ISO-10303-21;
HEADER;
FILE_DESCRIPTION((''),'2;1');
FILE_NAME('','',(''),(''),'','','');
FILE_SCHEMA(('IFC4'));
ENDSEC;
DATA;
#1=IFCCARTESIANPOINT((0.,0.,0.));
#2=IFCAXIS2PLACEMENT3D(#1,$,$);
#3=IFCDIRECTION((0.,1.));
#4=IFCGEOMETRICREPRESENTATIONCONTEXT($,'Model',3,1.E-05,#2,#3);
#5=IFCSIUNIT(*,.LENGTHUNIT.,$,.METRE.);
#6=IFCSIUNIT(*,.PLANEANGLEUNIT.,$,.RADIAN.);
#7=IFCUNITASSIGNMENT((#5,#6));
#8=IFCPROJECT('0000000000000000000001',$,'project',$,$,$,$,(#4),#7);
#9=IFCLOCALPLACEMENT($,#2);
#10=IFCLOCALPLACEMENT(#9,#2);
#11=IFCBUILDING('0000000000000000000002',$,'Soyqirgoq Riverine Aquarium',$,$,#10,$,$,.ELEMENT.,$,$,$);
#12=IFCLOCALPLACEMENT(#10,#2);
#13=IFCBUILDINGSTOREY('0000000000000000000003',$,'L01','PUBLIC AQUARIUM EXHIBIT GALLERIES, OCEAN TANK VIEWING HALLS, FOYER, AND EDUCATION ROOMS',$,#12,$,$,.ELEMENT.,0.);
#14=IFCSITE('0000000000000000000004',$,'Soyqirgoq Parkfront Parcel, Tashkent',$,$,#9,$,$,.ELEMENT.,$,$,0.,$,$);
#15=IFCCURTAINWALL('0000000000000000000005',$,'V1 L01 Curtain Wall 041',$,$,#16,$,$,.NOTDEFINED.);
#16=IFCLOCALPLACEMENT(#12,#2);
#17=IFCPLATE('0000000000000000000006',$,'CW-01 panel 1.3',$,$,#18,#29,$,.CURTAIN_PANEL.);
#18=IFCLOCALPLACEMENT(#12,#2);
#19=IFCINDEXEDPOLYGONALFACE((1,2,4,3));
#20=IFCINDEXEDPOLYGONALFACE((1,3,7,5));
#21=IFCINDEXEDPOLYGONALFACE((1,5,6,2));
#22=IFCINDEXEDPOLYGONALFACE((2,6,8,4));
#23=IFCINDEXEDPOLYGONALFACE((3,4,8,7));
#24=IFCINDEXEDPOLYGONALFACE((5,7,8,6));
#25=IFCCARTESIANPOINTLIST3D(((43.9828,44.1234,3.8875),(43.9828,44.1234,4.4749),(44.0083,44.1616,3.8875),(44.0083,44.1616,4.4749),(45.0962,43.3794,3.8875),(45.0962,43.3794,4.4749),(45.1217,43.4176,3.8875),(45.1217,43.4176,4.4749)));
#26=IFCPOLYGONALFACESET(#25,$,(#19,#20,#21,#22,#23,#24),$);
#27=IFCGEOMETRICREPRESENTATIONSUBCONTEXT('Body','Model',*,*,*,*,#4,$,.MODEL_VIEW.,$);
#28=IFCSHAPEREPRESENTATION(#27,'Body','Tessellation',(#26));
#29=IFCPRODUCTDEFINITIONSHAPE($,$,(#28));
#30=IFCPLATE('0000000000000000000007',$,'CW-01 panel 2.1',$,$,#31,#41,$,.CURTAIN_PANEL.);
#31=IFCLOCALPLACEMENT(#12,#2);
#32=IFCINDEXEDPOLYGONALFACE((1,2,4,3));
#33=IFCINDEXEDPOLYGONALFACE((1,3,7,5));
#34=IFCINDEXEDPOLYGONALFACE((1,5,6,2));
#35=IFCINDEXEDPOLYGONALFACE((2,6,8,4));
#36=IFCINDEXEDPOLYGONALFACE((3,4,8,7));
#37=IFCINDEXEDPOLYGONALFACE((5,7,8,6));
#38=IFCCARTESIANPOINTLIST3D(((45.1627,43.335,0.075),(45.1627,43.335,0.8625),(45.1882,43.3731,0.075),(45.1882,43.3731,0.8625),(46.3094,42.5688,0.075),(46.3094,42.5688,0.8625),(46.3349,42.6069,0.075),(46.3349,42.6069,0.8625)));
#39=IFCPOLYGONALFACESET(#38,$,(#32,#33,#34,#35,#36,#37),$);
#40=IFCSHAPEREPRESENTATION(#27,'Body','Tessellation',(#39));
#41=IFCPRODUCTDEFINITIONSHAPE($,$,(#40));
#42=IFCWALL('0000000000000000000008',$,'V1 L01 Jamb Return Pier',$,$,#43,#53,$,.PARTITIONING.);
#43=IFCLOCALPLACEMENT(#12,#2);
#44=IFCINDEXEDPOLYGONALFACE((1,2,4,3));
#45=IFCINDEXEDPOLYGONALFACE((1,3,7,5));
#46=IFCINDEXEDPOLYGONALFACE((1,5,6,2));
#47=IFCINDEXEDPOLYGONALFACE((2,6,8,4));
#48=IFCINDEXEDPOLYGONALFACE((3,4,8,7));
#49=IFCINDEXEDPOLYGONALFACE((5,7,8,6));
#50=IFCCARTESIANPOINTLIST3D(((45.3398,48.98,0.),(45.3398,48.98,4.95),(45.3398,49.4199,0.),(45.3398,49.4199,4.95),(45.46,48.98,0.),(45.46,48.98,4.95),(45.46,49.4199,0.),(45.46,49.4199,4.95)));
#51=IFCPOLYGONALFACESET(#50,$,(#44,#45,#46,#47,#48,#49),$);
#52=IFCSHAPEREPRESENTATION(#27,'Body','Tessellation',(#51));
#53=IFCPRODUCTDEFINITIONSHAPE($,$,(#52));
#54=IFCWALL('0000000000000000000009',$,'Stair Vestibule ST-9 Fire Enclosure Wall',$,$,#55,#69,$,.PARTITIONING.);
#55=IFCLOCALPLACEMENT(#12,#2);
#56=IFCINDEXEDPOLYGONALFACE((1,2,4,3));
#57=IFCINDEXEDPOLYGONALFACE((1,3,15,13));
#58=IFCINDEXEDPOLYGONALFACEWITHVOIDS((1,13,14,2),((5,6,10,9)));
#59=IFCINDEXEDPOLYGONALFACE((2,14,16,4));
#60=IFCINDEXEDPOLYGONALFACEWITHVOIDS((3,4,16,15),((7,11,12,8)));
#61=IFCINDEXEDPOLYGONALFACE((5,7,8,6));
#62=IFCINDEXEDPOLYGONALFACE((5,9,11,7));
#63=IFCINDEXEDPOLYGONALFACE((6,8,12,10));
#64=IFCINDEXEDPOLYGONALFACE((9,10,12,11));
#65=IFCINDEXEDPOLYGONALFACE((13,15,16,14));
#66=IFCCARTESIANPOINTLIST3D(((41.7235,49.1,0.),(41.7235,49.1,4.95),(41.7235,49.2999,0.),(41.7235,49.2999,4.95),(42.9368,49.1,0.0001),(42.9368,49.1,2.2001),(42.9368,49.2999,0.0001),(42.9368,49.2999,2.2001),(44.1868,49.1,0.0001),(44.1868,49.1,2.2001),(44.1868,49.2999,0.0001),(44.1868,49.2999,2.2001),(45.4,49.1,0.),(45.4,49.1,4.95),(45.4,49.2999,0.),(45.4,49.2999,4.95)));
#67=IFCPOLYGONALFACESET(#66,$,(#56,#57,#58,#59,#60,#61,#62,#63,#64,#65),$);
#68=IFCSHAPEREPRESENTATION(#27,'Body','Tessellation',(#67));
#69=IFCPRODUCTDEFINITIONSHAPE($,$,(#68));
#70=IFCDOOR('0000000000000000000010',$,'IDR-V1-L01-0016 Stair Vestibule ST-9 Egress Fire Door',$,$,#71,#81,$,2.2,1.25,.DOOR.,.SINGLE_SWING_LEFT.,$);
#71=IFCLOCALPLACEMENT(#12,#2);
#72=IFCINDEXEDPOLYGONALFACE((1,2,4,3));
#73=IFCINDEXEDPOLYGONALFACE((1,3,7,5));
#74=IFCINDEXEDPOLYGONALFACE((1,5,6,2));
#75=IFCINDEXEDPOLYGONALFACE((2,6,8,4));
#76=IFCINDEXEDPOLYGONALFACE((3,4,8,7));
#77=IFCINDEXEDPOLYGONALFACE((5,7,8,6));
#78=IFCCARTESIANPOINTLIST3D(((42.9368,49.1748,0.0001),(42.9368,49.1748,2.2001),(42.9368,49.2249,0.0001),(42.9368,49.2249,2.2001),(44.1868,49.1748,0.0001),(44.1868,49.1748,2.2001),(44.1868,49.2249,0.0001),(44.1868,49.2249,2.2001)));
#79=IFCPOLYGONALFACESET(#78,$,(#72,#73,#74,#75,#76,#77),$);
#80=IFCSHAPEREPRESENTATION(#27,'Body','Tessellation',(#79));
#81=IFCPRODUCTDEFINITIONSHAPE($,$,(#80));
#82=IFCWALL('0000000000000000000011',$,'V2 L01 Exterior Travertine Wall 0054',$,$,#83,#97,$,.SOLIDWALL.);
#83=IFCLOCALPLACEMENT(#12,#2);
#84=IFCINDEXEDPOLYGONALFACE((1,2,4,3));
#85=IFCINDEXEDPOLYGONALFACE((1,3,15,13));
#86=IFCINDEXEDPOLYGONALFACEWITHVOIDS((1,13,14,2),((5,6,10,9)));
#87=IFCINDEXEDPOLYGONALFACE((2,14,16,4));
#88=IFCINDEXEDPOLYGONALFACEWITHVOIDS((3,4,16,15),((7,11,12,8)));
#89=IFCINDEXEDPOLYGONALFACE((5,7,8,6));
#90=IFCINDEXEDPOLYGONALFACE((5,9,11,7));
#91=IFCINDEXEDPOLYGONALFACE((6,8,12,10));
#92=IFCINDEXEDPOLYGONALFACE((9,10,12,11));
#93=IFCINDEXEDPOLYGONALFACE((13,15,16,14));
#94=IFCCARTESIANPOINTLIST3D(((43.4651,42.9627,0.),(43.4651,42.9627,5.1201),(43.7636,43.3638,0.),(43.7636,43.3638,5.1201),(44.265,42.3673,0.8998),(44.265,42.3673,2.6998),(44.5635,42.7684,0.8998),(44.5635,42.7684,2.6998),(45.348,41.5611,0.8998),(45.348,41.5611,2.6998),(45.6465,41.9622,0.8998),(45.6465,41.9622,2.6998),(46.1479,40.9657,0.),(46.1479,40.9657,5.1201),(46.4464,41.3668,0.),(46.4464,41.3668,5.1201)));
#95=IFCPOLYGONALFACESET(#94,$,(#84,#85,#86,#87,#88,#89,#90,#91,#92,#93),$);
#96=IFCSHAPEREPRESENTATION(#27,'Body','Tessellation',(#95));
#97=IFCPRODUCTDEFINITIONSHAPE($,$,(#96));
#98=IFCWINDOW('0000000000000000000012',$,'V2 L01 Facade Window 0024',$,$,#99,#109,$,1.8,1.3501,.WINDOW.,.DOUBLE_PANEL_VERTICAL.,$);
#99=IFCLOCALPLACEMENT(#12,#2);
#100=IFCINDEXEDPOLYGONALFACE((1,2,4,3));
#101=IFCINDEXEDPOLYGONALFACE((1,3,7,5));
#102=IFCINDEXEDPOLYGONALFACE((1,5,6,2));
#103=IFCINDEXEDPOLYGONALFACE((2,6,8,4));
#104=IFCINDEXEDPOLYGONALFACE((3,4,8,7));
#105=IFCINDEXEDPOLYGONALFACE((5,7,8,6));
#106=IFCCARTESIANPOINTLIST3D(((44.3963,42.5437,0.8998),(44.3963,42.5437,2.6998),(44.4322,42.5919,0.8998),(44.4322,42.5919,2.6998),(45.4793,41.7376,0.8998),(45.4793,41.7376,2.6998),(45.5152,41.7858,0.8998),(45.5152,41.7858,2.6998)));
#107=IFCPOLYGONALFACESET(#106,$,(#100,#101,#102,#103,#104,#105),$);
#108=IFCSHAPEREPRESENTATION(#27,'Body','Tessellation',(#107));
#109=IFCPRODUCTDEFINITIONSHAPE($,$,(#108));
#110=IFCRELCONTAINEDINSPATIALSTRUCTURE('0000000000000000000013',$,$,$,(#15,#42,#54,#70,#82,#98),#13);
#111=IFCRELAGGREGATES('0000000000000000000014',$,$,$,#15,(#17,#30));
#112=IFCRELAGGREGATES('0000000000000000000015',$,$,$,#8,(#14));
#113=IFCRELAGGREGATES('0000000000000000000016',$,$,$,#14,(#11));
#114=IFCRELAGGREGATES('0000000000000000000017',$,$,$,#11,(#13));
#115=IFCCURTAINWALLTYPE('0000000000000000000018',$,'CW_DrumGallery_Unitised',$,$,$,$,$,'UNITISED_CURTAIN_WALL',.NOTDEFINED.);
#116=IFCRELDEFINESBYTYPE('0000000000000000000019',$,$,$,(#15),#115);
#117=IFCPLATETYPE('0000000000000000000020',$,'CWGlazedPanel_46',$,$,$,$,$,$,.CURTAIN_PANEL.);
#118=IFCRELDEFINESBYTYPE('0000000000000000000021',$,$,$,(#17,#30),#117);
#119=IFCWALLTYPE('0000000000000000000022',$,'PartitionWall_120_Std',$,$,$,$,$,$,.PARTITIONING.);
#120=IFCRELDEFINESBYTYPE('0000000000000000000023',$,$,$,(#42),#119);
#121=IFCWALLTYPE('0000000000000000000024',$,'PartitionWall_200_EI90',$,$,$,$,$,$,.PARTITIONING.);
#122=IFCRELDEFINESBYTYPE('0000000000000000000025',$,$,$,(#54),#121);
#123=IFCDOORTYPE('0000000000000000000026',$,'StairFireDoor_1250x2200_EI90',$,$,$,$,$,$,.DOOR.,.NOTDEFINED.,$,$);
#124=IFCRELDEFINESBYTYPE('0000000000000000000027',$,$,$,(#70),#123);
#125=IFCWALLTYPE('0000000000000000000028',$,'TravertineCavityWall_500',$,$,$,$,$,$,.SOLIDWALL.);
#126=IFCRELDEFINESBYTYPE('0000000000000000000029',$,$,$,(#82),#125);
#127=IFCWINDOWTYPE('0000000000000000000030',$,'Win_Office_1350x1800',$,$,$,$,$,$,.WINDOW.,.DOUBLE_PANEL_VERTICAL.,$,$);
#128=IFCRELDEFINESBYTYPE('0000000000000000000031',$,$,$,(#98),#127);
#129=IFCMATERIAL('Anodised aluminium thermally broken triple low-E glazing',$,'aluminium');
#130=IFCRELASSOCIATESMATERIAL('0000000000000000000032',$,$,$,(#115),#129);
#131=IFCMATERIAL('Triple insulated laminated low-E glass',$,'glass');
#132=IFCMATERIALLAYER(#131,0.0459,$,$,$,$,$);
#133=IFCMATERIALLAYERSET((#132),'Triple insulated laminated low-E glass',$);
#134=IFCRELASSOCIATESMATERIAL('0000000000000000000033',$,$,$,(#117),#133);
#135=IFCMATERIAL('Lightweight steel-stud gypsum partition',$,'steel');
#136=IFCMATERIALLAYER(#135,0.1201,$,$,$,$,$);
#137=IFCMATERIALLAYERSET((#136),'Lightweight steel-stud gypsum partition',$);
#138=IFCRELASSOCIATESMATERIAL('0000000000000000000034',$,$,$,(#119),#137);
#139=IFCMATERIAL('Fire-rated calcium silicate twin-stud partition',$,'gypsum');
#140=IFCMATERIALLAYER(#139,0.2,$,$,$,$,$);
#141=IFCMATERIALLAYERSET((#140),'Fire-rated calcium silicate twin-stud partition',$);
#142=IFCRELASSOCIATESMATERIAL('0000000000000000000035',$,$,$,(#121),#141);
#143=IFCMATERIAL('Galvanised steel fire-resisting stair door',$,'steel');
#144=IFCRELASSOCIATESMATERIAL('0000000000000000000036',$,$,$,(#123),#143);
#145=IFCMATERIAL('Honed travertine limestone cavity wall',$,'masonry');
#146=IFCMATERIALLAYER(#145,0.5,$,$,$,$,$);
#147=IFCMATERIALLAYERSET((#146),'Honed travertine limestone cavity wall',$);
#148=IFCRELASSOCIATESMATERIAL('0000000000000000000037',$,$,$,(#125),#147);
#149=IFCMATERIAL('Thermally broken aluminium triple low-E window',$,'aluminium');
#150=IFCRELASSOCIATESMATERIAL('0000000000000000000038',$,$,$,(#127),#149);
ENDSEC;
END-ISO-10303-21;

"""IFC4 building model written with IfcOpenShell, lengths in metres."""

from ifc_helpers import new_model, si_unit, direction, frame, frame_2d, origin, origin_2d, place, context, subcontext, project, spatial, rectangle, extrude, material, layer, layer_set, type_object, element, fill, aggregate, save


model = new_model("IFC4")

# Units and contexts
model_context = context("Model", 3, precision=1e-05, world=origin(), true_north=direction((0.0, 1.0)))
body_context = subcontext(model_context, "Body", "Model", "MODEL_VIEW")
ifc_project = project(units=[si_unit("LENGTHUNIT", "METRE"), si_unit("PLANEANGLEUNIT", "RADIAN")], contexts=[model_context])

# Site, building, storey
site_placement = place(None, origin())
site = spatial("IfcSite", under=ifc_project, at=site_placement, Name="Soyqirgoq Parkfront Parcel, Tashkent", CompositionType="ELEMENT", RefElevation=0.0)
building_placement = place(site_placement, origin())
building = spatial("IfcBuilding", under=site, at=building_placement, Name="Soyqirgoq Riverine Aquarium", CompositionType="ELEMENT")
storey_placement = place(building_placement, origin())
storey = spatial("IfcBuildingStorey", under=building, at=storey_placement, Name="L01", Description="PUBLIC AQUARIUM EXHIBIT GALLERIES, OCEAN TANK VIEWING HALLS, FOYER, AND EDUCATION ROOMS", CompositionType="ELEMENT", Elevation=0.0)

# Curtain wall
ifc_material_1 = material(Name="Anodised aluminium thermally broken triple low-E glazing", Category="aluminium")
curtain_wall_type = type_object("IfcCurtainWallType", Name="CW_DrumGallery_Unitised", ElementType="UNITISED_CURTAIN_WALL", PredefinedType="NOTDEFINED", material=ifc_material_1)
curtain_wall_1_placement = place(storey_placement, origin())
curtain_wall_1 = element("IfcCurtainWall", 1, at=curtain_wall_1_placement, inside=storey, type_object=curtain_wall_type, Name="V1 L01 Curtain Wall 041", PredefinedType="NOTDEFINED")

# Plates
ifc_material_2 = material(Name="Triple insulated laminated low-E glass", Category="glass")
ifc_layer_1 = layer(ifc_material_2, 0.0459)
ifc_layer_set_1 = layer_set([ifc_layer_1], Name="Triple insulated laminated low-E glass")
plate_type = type_object("IfcPlateType", Name="CWGlazedPanel_46", PredefinedType="CURTAIN_PANEL", material=ifc_layer_set_1)
plate_1_placement = place(storey_placement, frame((44.5522, 43.7705, 3.8875), z_axis=(0.0, 0.0, 1.0), x_axis=(0.831467, -0.555574, 0.0)))
plate_1 = element("IfcPlate", 2, at=plate_1_placement, type_object=plate_type, Name="CW-01 panel 1.3", PredefinedType="CURTAIN_PANEL", context=body_context, shape_type="SweptSolid", body=[
    extrude(rectangle(XDim=1.3391, YDim=0.0459, at=origin_2d()), origin(), (0.0, 0.0, 1.0), 0.5874),
])
plate_2_placement = place(storey_placement, frame((45.7488, 42.9709, 0.075), z_axis=(0.0, 0.0, 1.0), x_axis=(0.831467, -0.555574, 0.0)))
plate_2 = element("IfcPlate", 3, at=plate_2_placement, type_object=plate_type, Name="CW-01 panel 2.1", PredefinedType="CURTAIN_PANEL", context=body_context, shape_type="SweptSolid", body=[
    extrude(rectangle(XDim=1.3792, YDim=0.0459, at=origin_2d()), origin(), (0.0, 0.0, 1.0), 0.7876),
])
aggregate(curtain_wall_1, [plate_1, plate_2])

# Wall
ifc_material_3 = material(Name="Lightweight steel-stud gypsum partition", Category="steel")
ifc_layer_2 = layer(ifc_material_3, 0.1201)
ifc_layer_set_2 = layer_set([ifc_layer_2], Name="Lightweight steel-stud gypsum partition")
wall_type_1 = type_object("IfcWallType", Name="PartitionWall_120_Std", PredefinedType="PARTITIONING", material=ifc_layer_set_2)
wall_1_placement = place(storey_placement, frame((45.3999, 48.98, 0.0), z_axis=(0.0, 0.0, 1.0), x_axis=(0.0, 1.0, 0.0)))
element("IfcWall", 4, at=wall_1_placement, inside=storey, type_object=wall_type_1, Name="V1 L01 Jamb Return Pier", PredefinedType="PARTITIONING", context=body_context, shape_type="SweptSolid", body=[
    extrude(rectangle(XDim=0.4399, YDim=0.1201, at=frame_2d((0.22, 0.0))), origin(), (0.0, 0.0, 1.0), 4.95),
])

# Wall, opening, door
ifc_material_4 = material(Name="Fire-rated calcium silicate twin-stud partition", Category="gypsum")
ifc_layer_3 = layer(ifc_material_4, 0.2)
ifc_layer_set_3 = layer_set([ifc_layer_3], Name="Fire-rated calcium silicate twin-stud partition")
wall_type_2 = type_object("IfcWallType", Name="PartitionWall_200_EI90", PredefinedType="PARTITIONING", material=ifc_layer_set_3)
wall_2_placement = place(storey_placement, frame((41.7234, 49.2, 0.0), z_axis=(0.0, 0.0, 1.0), x_axis=(1.0, 0.0, 0.0)))
wall_2 = element("IfcWall", 5, at=wall_2_placement, inside=storey, type_object=wall_type_2, Name="Stair Vestibule ST-9 Fire Enclosure Wall", PredefinedType="PARTITIONING", context=body_context, shape_type="SweptSolid", body=[
    extrude(rectangle(XDim=3.6765, YDim=0.2, at=frame_2d((1.8384, 0.0))), origin(), (0.0, 0.0, 1.0), 4.95),
])
opening_1_placement = place(wall_2_placement, frame((1.2134, 0.0, 0.0)))
opening_1 = element("IfcOpeningElement", 6, at=opening_1_placement, cuts=wall_2, PredefinedType="OPENING", context=body_context, shape_type="SweptSolid", body=[
    extrude(rectangle(XDim=1.25, YDim=2.2, at=frame_2d((0.625, 1.1001))), frame((0.0, 0.1099, 0.0), z_axis=(0.0, -1.0, 0.0), x_axis=(1.0, 0.0, 0.0)), (0.0, 0.0, 1.0), 0.22),
])
ifc_material_5 = material(Name="Galvanised steel fire-resisting stair door", Category="steel")
door_type = type_object("IfcDoorType", Name="StairFireDoor_1250x2200_EI90", OperationType="NOTDEFINED", PredefinedType="DOOR", material=ifc_material_5)
door_placement = place(opening_1_placement, origin())
door = element("IfcDoor", 7, at=door_placement, inside=storey, type_object=door_type, Name="IDR-V1-L01-0016 Stair Vestibule ST-9 Egress Fire Door", OperationType="SINGLE_SWING_LEFT", OverallHeight=2.2, OverallWidth=1.25, PredefinedType="DOOR", context=body_context, shape_type="SweptSolid", body=[
    extrude(rectangle(XDim=1.25, YDim=2.2, at=frame_2d((0.625, 1.1001))), frame((0.0, 0.0249, 0.0), z_axis=(0.0, -1.0, 0.0), x_axis=(1.0, 0.0, 0.0)), (0.0, 0.0, 1.0), 0.05),
])
fill(opening_1, door)

# Wall, opening, window
ifc_material_6 = material(Name="Honed travertine limestone cavity wall", Category="masonry")
ifc_layer_4 = layer(ifc_material_6, 0.5)
ifc_layer_set_4 = layer_set([ifc_layer_4], Name="Honed travertine limestone cavity wall")
wall_type_3 = type_object("IfcWallType", Name="TravertineCavityWall_500", PredefinedType="SOLIDWALL", material=ifc_layer_set_4)
wall_3_placement = place(storey_placement, frame((43.6143, 43.1633, 0.0), z_axis=(0.0, 0.0, 1.0), x_axis=(0.802158, -0.597111, 0.0)))
wall_3 = element("IfcWall", 8, at=wall_3_placement, inside=storey, type_object=wall_type_3, Name="V2 L01 Exterior Travertine Wall 0054", PredefinedType="SOLIDWALL", context=body_context, shape_type="SweptSolid", body=[
    extrude(rectangle(XDim=3.3445, YDim=0.5, at=frame_2d((1.6724, 0.0))), origin(), (0.0, 0.0, 1.0), 5.1201),
])
opening_2_placement = place(wall_3_placement, frame((0.9973, 0.0, 0.8999)))
opening_2 = element("IfcOpeningElement", 9, at=opening_2_placement, cuts=wall_3, PredefinedType="OPENING", context=body_context, shape_type="SweptSolid", body=[
    extrude(rectangle(XDim=1.3501, YDim=1.8, at=frame_2d((0.675, 0.8999))), frame((0.0, 0.26, 0.0), z_axis=(0.0, -1.0, 0.0), x_axis=(1.0, 0.0, 0.0)), (0.0, 0.0, 1.0), 0.52),
])
ifc_material_7 = material(Name="Thermally broken aluminium triple low-E window", Category="aluminium")
window_type = type_object("IfcWindowType", Name="Win_Office_1350x1800", PartitioningType="DOUBLE_PANEL_VERTICAL", PredefinedType="WINDOW", material=ifc_material_7)
window_placement = place(opening_2_placement, origin())
window = element("IfcWindow", 10, at=window_placement, inside=storey, type_object=window_type, Name="V2 L01 Facade Window 0024", OverallHeight=1.8, OverallWidth=1.3501, PartitioningType="DOUBLE_PANEL_VERTICAL", PredefinedType="WINDOW", context=body_context, shape_type="SweptSolid", body=[
    extrude(rectangle(XDim=1.3501, YDim=1.8, at=frame_2d((0.675, 0.8999))), frame((0.0, 0.03, 0.0), z_axis=(0.0, -1.0, 0.0), x_axis=(1.0, 0.0, 0.0)), (0.0, 0.0, 1.0), 0.0601),
])
fill(opening_2, window)

save(model, "model.ifc")
